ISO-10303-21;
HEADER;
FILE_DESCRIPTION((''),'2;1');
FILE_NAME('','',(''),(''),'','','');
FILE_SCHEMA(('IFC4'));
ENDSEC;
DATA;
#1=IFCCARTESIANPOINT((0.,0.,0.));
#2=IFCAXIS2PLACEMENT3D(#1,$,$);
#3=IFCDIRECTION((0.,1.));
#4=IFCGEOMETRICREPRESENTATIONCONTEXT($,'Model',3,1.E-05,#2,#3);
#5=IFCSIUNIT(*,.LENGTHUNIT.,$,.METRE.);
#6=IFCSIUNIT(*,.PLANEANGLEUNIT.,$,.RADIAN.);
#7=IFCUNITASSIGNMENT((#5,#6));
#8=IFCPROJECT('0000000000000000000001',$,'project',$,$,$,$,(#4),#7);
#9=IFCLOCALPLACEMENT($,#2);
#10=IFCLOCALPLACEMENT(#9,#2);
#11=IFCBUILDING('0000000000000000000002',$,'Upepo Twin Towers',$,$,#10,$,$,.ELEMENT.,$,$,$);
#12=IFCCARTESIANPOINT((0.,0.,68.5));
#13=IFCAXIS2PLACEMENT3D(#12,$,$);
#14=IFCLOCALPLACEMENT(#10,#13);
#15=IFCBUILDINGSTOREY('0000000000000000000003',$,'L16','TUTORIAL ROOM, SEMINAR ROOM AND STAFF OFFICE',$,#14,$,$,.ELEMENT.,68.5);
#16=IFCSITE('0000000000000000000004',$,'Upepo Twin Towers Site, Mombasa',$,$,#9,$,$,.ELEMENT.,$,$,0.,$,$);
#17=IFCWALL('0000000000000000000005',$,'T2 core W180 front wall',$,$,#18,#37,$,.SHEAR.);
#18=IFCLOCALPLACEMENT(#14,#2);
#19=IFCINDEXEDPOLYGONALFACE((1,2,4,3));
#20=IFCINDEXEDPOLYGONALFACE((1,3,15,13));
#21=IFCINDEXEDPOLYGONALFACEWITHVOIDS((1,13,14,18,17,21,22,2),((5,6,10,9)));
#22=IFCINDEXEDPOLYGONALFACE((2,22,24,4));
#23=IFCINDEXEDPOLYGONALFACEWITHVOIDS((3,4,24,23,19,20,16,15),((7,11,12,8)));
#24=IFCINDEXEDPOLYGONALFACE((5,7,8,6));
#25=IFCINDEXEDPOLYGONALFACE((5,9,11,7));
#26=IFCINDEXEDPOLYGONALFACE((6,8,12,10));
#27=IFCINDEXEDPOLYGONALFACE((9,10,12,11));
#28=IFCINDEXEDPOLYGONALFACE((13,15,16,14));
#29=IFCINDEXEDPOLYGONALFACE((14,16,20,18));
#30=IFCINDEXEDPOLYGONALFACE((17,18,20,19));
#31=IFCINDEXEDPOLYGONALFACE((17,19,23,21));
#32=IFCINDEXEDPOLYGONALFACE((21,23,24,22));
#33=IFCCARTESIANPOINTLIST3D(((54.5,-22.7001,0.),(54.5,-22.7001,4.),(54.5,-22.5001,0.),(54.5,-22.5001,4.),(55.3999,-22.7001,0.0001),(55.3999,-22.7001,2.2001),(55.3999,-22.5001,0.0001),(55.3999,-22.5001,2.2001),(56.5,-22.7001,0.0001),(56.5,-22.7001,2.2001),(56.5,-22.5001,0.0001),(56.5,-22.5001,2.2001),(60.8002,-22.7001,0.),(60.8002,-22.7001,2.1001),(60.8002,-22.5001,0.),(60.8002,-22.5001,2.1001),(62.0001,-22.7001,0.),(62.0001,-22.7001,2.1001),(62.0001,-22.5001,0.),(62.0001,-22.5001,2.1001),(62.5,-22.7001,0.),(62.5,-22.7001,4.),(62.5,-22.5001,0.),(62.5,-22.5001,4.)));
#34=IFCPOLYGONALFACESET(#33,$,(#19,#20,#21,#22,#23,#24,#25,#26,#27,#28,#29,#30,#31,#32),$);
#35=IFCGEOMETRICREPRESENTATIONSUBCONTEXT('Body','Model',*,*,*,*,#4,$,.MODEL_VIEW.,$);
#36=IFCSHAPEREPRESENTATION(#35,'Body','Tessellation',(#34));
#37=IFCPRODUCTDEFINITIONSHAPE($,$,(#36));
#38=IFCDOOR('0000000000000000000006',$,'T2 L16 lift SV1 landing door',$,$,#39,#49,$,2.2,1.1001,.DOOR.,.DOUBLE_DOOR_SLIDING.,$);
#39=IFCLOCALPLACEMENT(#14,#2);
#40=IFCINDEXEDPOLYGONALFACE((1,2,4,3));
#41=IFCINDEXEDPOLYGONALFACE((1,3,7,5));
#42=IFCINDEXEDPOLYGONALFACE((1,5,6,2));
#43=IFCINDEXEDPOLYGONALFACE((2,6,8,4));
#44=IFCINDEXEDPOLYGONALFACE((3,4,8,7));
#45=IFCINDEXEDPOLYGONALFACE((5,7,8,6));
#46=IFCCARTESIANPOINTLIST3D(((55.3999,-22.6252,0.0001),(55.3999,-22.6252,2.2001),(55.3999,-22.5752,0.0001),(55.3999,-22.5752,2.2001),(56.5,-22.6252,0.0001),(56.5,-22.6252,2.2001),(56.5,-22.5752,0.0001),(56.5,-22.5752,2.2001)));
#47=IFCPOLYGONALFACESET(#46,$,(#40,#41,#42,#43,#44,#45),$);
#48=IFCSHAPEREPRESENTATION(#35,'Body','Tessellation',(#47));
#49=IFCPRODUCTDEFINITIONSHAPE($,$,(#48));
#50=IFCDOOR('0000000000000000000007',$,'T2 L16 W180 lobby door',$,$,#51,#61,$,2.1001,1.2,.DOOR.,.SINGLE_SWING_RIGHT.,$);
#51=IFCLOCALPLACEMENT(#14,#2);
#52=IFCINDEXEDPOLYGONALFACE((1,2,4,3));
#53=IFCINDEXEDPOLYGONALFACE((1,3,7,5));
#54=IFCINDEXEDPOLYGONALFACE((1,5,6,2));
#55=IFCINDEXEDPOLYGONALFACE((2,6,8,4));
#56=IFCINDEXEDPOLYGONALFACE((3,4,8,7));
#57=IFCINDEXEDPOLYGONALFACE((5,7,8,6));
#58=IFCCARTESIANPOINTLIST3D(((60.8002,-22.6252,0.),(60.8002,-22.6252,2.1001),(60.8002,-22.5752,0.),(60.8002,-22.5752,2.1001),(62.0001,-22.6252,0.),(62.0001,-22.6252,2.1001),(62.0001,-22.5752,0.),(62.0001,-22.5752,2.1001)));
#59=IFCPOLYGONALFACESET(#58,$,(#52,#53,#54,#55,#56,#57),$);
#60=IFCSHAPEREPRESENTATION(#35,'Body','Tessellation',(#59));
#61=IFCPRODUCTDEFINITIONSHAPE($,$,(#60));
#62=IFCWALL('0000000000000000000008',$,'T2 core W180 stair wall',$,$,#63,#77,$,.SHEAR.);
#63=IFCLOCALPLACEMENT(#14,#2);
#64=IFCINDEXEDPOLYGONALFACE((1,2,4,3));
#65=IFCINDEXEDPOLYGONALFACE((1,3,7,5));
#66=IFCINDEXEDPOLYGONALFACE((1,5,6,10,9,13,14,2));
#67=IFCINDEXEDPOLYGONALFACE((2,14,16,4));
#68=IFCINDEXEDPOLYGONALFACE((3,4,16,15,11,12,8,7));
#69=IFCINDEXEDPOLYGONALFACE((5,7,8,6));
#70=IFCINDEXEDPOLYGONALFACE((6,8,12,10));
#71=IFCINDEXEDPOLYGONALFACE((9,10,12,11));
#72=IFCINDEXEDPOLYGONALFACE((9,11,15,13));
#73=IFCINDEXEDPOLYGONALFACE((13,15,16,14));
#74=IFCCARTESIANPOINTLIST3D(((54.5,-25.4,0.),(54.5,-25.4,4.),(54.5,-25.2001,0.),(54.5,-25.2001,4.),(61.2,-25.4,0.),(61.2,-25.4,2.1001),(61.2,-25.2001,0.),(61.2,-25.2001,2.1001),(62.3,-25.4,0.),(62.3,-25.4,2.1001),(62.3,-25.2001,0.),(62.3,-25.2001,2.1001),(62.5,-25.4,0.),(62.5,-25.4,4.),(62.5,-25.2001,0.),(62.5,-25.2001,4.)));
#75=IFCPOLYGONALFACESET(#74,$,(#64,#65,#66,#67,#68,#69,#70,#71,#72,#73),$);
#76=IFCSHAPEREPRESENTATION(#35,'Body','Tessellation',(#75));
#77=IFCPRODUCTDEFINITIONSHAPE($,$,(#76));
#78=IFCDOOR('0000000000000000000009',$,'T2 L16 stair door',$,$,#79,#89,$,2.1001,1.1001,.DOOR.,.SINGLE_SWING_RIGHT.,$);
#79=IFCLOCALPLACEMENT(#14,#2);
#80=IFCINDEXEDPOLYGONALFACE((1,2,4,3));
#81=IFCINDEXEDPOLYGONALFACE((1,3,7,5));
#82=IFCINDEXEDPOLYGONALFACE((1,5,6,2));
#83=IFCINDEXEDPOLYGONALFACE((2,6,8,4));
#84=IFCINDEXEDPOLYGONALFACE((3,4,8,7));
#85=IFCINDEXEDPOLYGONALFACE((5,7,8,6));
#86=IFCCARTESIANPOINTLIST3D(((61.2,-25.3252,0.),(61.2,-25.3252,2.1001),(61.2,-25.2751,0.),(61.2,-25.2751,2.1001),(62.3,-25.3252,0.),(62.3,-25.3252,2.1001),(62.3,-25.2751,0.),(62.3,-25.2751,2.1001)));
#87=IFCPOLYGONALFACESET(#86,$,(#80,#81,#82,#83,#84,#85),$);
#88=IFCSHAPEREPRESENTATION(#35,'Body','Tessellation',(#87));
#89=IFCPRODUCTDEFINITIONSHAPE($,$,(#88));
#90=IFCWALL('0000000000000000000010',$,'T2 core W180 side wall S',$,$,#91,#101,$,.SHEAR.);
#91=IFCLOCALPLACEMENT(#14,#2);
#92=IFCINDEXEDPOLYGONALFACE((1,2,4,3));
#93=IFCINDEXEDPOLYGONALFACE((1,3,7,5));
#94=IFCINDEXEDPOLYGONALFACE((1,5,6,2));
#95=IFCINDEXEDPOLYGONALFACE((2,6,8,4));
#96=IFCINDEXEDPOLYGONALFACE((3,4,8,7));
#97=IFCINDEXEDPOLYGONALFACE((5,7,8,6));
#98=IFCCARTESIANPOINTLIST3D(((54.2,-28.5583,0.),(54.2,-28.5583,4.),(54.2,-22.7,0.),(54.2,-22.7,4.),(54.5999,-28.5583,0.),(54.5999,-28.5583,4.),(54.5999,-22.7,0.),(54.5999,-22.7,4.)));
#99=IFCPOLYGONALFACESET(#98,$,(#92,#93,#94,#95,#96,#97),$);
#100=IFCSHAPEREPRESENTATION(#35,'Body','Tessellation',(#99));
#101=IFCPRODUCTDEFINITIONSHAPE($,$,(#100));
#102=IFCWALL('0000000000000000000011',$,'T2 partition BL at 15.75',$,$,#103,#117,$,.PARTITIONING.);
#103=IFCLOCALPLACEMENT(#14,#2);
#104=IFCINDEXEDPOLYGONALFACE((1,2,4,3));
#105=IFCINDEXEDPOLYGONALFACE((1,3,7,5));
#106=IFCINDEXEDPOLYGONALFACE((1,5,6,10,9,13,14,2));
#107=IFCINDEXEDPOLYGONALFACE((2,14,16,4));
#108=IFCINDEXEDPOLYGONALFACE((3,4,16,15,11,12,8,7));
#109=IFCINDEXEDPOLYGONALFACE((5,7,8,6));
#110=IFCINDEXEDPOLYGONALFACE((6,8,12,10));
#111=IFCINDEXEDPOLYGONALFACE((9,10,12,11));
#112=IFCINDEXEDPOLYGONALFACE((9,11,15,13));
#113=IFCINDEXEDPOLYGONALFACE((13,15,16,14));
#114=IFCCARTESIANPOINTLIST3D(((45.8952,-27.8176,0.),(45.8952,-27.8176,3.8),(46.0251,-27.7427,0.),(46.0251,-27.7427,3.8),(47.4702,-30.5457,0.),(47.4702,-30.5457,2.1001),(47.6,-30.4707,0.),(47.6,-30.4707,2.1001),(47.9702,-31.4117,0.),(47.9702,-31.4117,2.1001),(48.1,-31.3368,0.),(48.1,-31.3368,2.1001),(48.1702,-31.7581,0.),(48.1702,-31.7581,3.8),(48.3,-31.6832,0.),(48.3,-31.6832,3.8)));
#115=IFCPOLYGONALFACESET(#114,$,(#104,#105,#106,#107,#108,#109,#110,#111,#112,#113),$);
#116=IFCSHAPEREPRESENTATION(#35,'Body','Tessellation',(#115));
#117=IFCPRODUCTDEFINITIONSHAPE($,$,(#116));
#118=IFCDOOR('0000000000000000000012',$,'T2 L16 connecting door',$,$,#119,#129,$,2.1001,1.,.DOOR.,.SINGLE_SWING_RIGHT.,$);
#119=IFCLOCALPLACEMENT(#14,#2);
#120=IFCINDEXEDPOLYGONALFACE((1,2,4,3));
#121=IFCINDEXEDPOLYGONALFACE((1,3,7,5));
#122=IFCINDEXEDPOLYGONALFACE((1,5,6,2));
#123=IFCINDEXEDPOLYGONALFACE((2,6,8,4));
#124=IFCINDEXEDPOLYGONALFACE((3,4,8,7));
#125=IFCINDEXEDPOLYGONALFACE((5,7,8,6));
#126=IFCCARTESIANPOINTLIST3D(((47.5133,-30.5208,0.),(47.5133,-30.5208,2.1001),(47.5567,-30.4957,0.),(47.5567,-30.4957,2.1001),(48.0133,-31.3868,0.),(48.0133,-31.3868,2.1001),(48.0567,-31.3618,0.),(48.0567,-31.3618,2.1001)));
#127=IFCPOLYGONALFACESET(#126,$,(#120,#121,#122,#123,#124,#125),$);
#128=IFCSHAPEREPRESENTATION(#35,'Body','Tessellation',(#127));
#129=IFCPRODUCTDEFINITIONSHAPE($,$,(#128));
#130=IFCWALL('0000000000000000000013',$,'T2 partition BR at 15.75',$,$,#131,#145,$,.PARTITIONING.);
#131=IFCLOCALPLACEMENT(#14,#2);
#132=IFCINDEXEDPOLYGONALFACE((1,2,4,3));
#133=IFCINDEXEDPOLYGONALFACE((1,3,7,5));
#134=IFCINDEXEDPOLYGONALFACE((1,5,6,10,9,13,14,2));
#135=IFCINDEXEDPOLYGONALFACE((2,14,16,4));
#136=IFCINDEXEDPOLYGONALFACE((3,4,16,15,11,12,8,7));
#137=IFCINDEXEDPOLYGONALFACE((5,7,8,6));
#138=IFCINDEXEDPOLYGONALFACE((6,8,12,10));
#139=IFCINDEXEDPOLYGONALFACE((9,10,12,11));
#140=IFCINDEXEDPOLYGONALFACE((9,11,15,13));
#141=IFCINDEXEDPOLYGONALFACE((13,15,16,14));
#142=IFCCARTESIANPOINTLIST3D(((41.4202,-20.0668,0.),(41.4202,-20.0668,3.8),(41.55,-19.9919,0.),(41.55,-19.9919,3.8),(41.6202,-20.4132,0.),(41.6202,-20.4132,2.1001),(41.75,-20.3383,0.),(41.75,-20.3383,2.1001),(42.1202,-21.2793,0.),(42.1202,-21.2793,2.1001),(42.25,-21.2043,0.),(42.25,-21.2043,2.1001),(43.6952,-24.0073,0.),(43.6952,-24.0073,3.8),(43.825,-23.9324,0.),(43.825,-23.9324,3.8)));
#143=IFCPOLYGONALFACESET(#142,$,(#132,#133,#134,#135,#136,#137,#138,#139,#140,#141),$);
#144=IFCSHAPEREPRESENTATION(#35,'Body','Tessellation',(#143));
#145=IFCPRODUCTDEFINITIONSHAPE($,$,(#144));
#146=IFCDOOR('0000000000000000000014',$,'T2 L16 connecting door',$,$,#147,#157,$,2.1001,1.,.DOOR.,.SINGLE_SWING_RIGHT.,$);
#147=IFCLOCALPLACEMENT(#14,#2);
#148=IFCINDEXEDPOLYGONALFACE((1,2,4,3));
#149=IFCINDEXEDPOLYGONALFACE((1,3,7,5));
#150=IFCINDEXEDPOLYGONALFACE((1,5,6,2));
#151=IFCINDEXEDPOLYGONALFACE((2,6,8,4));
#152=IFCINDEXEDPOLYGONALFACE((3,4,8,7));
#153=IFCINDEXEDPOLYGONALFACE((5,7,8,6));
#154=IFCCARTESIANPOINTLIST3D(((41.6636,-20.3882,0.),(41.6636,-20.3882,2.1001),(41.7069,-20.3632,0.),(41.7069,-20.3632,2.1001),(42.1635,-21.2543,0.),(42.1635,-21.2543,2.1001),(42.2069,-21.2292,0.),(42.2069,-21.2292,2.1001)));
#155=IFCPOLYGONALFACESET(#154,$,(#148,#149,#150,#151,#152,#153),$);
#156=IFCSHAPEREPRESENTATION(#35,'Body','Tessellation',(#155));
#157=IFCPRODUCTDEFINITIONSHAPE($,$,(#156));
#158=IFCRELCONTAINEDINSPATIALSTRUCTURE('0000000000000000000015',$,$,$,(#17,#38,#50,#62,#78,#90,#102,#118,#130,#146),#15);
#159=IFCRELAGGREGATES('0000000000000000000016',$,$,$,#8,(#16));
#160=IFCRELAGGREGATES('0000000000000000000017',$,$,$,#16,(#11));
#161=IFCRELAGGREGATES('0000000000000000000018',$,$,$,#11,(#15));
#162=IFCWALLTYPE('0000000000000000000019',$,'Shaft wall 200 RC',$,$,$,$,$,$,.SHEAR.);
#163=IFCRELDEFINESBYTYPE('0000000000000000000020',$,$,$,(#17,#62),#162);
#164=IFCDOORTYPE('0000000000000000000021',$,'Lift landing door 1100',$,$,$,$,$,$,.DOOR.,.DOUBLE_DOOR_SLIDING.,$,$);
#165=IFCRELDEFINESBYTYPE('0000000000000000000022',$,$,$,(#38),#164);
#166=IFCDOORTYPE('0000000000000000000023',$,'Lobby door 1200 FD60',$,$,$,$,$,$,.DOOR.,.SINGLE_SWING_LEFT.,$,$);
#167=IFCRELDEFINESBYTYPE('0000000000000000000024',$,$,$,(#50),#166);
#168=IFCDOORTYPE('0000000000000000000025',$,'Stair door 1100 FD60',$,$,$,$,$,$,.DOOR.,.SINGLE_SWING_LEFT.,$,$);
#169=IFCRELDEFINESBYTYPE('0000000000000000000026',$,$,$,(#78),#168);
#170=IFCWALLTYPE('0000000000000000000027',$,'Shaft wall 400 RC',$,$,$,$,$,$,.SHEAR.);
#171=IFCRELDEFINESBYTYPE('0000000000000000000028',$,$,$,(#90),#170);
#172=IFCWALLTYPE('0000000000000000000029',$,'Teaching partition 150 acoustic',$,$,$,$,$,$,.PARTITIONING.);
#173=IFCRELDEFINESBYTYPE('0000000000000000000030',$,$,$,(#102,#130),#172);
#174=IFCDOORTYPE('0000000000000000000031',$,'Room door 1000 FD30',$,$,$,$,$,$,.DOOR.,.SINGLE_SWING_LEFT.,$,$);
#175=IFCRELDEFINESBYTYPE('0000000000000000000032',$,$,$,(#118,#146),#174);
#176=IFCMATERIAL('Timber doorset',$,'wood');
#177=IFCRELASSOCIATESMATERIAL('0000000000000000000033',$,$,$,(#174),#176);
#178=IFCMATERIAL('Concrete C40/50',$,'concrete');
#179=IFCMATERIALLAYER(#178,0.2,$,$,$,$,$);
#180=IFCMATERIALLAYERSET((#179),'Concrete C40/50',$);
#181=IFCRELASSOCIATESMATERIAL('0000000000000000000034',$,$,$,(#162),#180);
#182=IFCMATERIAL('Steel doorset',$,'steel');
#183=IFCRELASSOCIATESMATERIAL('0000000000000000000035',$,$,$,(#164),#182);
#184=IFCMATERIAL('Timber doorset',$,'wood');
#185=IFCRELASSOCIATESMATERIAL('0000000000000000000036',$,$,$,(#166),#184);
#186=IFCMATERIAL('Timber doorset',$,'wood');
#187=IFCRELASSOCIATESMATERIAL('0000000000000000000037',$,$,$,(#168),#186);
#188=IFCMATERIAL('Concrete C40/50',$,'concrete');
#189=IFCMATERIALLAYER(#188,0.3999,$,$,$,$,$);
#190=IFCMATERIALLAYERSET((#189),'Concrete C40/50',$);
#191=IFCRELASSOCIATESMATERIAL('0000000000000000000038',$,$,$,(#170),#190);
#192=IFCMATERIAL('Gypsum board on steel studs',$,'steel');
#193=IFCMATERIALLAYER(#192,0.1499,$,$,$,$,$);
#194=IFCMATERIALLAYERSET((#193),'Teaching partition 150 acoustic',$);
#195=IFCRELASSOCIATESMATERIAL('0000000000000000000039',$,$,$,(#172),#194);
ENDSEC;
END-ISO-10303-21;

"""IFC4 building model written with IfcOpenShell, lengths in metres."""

from ifc_helpers import new_model, si_unit, direction, frame, frame_2d, origin, place, context, subcontext, project, spatial, rectangle, extrude, material, layer, layer_set, type_object, element, fill, save


model = new_model("IFC4")

# Units and contexts
model_context = context("Model", 3, precision=1e-05, world=origin(), true_north=direction((0.0, 1.0)))
body_context = subcontext(model_context, "Body", "Model", "MODEL_VIEW")
ifc_project = project(units=[si_unit("LENGTHUNIT", "METRE"), si_unit("PLANEANGLEUNIT", "RADIAN")], contexts=[model_context])

# Site, building, storey
site_placement = place(None, origin())
site = spatial("IfcSite", under=ifc_project, at=site_placement, Name="Upepo Twin Towers Site, Mombasa", CompositionType="ELEMENT", RefElevation=0.0)
building_placement = place(site_placement, origin())
building = spatial("IfcBuilding", under=site, at=building_placement, Name="Upepo Twin Towers", CompositionType="ELEMENT")
storey_placement = place(building_placement, frame((0.0, 0.0, 68.5)))
storey = spatial("IfcBuildingStorey", under=building, at=storey_placement, Name="L16", Description="TUTORIAL ROOM, SEMINAR ROOM AND STAFF OFFICE", CompositionType="ELEMENT", Elevation=68.5)

# Shared definitions
ifc_material_1 = material(Name="Timber doorset", Category="wood")
door_type_1 = type_object("IfcDoorType", Name="Room door 1000 FD30", OperationType="SINGLE_SWING_LEFT", PredefinedType="DOOR", material=ifc_material_1)

# Wall, openings, doors
ifc_material_2 = material(Name="Concrete C40/50", Category="concrete")
ifc_layer_1 = layer(ifc_material_2, 0.2)
ifc_layer_set_1 = layer_set([ifc_layer_1], Name="Concrete C40/50")
wall_type_1 = type_object("IfcWallType", Name="Shaft wall 200 RC", PredefinedType="SHEAR", material=ifc_layer_set_1)
wall_1_placement = place(storey_placement, frame((54.5, -22.6001, 0.0), z_axis=(0.0, 0.0, 1.0), x_axis=(1.0, 0.0, 0.0)))
wall_1 = element("IfcWall", 1, at=wall_1_placement, inside=storey, type_object=wall_type_1, Name="T2 core W180 front wall", PredefinedType="SHEAR", context=body_context, shape_type="SweptSolid", body=[
    extrude(rectangle(XDim=8.0, YDim=0.2, at=frame_2d((4.0, 0.0))), origin(), (0.0, 0.0, 1.0), 4.0),
])
opening_1_placement = place(wall_1_placement, frame((6.3, 0.0, 0.0)))
opening_1 = element("IfcOpeningElement", 2, at=opening_1_placement, cuts=wall_1, PredefinedType="OPENING", context=body_context, shape_type="SweptSolid", body=[
    extrude(rectangle(XDim=1.2, YDim=2.1001, at=frame_2d((0.6001, 1.05))), frame((0.0, 0.1099, 0.0), z_axis=(0.0, -1.0, 0.0), x_axis=(1.0, 0.0, 0.0)), (0.0, 0.0, 1.0), 0.22),
])
opening_2_placement = place(wall_1_placement, frame((0.8999, 0.0, 0.0)))
opening_2 = element("IfcOpeningElement", 3, at=opening_2_placement, cuts=wall_1, PredefinedType="OPENING", context=body_context, shape_type="SweptSolid", body=[
    extrude(rectangle(XDim=1.1001, YDim=2.2, at=frame_2d((0.55, 1.1001))), frame((0.0, 0.1099, 0.0), z_axis=(0.0, -1.0, 0.0), x_axis=(1.0, 0.0, 0.0)), (0.0, 0.0, 1.0), 0.22),
])
ifc_material_3 = material(Name="Steel doorset", Category="steel")
door_type_2 = type_object("IfcDoorType", Name="Lift landing door 1100", OperationType="DOUBLE_DOOR_SLIDING", PredefinedType="DOOR", material=ifc_material_3)
door_1_placement = place(opening_2_placement, origin())
door_1 = element("IfcDoor", 4, at=door_1_placement, inside=storey, type_object=door_type_2, Name="T2 L16 lift SV1 landing door", OperationType="DOUBLE_DOOR_SLIDING", OverallHeight=2.2, OverallWidth=1.1001, PredefinedType="DOOR", context=body_context, shape_type="SweptSolid", body=[
    extrude(rectangle(XDim=1.1001, YDim=2.2, at=frame_2d((0.55, 1.1001))), frame((0.0, 0.0249, 0.0), z_axis=(0.0, -1.0, 0.0), x_axis=(1.0, 0.0, 0.0)), (0.0, 0.0, 1.0), 0.05),
])
fill(opening_2, door_1)
ifc_material_4 = material(Name="Timber doorset", Category="wood")
door_type_3 = type_object("IfcDoorType", Name="Lobby door 1200 FD60", OperationType="SINGLE_SWING_LEFT", PredefinedType="DOOR", material=ifc_material_4)
door_2_placement = place(opening_1_placement, origin())
door_2 = element("IfcDoor", 5, at=door_2_placement, inside=storey, type_object=door_type_3, Name="T2 L16 W180 lobby door", OperationType="SINGLE_SWING_RIGHT", OverallHeight=2.1001, OverallWidth=1.2, PredefinedType="DOOR", context=body_context, shape_type="SweptSolid", body=[
    extrude(rectangle(XDim=1.2, YDim=2.1001, at=frame_2d((0.6001, 1.05))), frame((0.0, 0.0249, 0.0), z_axis=(0.0, -1.0, 0.0), x_axis=(1.0, 0.0, 0.0)), (0.0, 0.0, 1.0), 0.05),
])
fill(opening_1, door_2)

# Wall, opening, door
wall_2_placement = place(storey_placement, frame((54.5, -25.3, 0.0), z_axis=(0.0, 0.0, 1.0), x_axis=(1.0, 0.0, 0.0)))
wall_2 = element("IfcWall", 6, at=wall_2_placement, inside=storey, type_object=wall_type_1, Name="T2 core W180 stair wall", PredefinedType="SHEAR", context=body_context, shape_type="SweptSolid", body=[
    extrude(rectangle(XDim=8.0, YDim=0.2, at=frame_2d((4.0, 0.0))), origin(), (0.0, 0.0, 1.0), 4.0),
])
opening_3_placement = place(wall_2_placement, frame((6.7, 0.0, 0.0)))
opening_3 = element("IfcOpeningElement", 7, at=opening_3_placement, cuts=wall_2, PredefinedType="OPENING", context=body_context, shape_type="SweptSolid", body=[
    extrude(rectangle(XDim=1.1001, YDim=2.1001, at=frame_2d((0.55, 1.05))), frame((0.0, 0.1099, 0.0), z_axis=(0.0, -1.0, 0.0), x_axis=(1.0, 0.0, 0.0)), (0.0, 0.0, 1.0), 0.22),
])
ifc_material_5 = material(Name="Timber doorset", Category="wood")
door_type_4 = type_object("IfcDoorType", Name="Stair door 1100 FD60", OperationType="SINGLE_SWING_LEFT", PredefinedType="DOOR", material=ifc_material_5)
door_3_placement = place(opening_3_placement, origin())
door_3 = element("IfcDoor", 8, at=door_3_placement, inside=storey, type_object=door_type_4, Name="T2 L16 stair door", OperationType="SINGLE_SWING_RIGHT", OverallHeight=2.1001, OverallWidth=1.1001, PredefinedType="DOOR", context=body_context, shape_type="SweptSolid", body=[
    extrude(rectangle(XDim=1.1001, YDim=2.1001, at=frame_2d((0.55, 1.05))), frame((0.0, 0.0249, 0.0), z_axis=(0.0, -1.0, 0.0), x_axis=(1.0, 0.0, 0.0)), (0.0, 0.0, 1.0), 0.05),
])
fill(opening_3, door_3)

# Wall
ifc_material_6 = material(Name="Concrete C40/50", Category="concrete")
ifc_layer_2 = layer(ifc_material_6, 0.3999)
ifc_layer_set_2 = layer_set([ifc_layer_2], Name="Concrete C40/50")
wall_type_2 = type_object("IfcWallType", Name="Shaft wall 400 RC", PredefinedType="SHEAR", material=ifc_layer_set_2)
wall_3_placement = place(storey_placement, frame((54.3999, -22.7, 0.0), z_axis=(0.0, 0.0, 1.0), x_axis=(0.0, -1.0, 0.0)))
element("IfcWall", 9, at=wall_3_placement, inside=storey, type_object=wall_type_2, Name="T2 core W180 side wall S", PredefinedType="SHEAR", context=body_context, shape_type="SweptSolid", body=[
    extrude(rectangle(XDim=5.8584, YDim=0.3999, at=frame_2d((2.9292, 0.0))), origin(), (0.0, 0.0, 1.0), 4.0),
])

# Walls, openings, doors
ifc_material_7 = material(Name="Gypsum board on steel studs", Category="steel")
ifc_layer_3 = layer(ifc_material_7, 0.1499)
ifc_layer_set_3 = layer_set([ifc_layer_3], Name="Teaching partition 150 acoustic")
wall_type_3 = type_object("IfcWallType", Name="Teaching partition 150 acoustic", PredefinedType="PARTITIONING", material=ifc_layer_set_3)
wall_4_placement = place(storey_placement, frame((45.9602, -27.7803, 0.0), z_axis=(0.0, 0.0, 1.0), x_axis=(0.499983, -0.866035, 0.0)))
wall_4 = element("IfcWall", 10, at=wall_4_placement, inside=storey, type_object=wall_type_3, Name="T2 partition BL at 15.75", PredefinedType="PARTITIONING", context=body_context, shape_type="SweptSolid", body=[
    extrude(rectangle(XDim=4.55, YDim=0.1499, at=frame_2d((2.2749, 0.0))), origin(), (0.0, 0.0, 1.0), 3.8),
])
opening_4_placement = place(wall_4_placement, frame((3.1499, 0.0, 0.0)))
opening_4 = element("IfcOpeningElement", 11, at=opening_4_placement, cuts=wall_4, PredefinedType="OPENING", context=body_context, shape_type="SweptSolid", body=[
    extrude(rectangle(XDim=1.0, YDim=2.1001, at=frame_2d((0.5, 1.05))), frame((0.0, 0.085, 0.0), z_axis=(0.0, -1.0, 0.0), x_axis=(1.0, 0.0, 0.0)), (0.0, 0.0, 1.0), 0.1699),
])
door_4_placement = place(opening_4_placement, origin())
door_4 = element("IfcDoor", 12, at=door_4_placement, inside=storey, type_object=door_type_1, Name="T2 L16 connecting door", OperationType="SINGLE_SWING_RIGHT", OverallHeight=2.1001, OverallWidth=1.0, PredefinedType="DOOR", context=body_context, shape_type="SweptSolid", body=[
    extrude(rectangle(XDim=1.0, YDim=2.1001, at=frame_2d((0.5, 1.05))), frame((0.0, 0.0249, 0.0), z_axis=(0.0, -1.0, 0.0), x_axis=(1.0, 0.0, 0.0)), (0.0, 0.0, 1.0), 0.05),
])
fill(opening_4, door_4)
wall_5_placement = place(storey_placement, frame((43.76, -23.9697, 0.0), z_axis=(0.0, 0.0, 1.0), x_axis=(-0.499983, 0.866035, 0.0)))
wall_5 = element("IfcWall", 13, at=wall_5_placement, inside=storey, type_object=wall_type_3, Name="T2 partition BR at 15.75", PredefinedType="PARTITIONING", context=body_context, shape_type="SweptSolid", body=[
    extrude(rectangle(XDim=4.55, YDim=0.1499, at=frame_2d((2.2749, 0.0))), origin(), (0.0, 0.0, 1.0), 3.8),
])
opening_5_placement = place(wall_5_placement, frame((3.1499, 0.0, 0.0)))
opening_5 = element("IfcOpeningElement", 14, at=opening_5_placement, cuts=wall_5, PredefinedType="OPENING", context=body_context, shape_type="SweptSolid", body=[
    extrude(rectangle(XDim=1.0, YDim=2.1001, at=frame_2d((0.5, 1.05))), frame((0.0, 0.085, 0.0), z_axis=(0.0, -1.0, 0.0), x_axis=(1.0, 0.0, 0.0)), (0.0, 0.0, 1.0), 0.1699),
])
door_5_placement = place(opening_5_placement, origin())
door_5 = element("IfcDoor", 15, at=door_5_placement, inside=storey, type_object=door_type_1, Name="T2 L16 connecting door", OperationType="SINGLE_SWING_RIGHT", OverallHeight=2.1001, OverallWidth=1.0, PredefinedType="DOOR", context=body_context, shape_type="SweptSolid", body=[
    extrude(rectangle(XDim=1.0, YDim=2.1001, at=frame_2d((0.5, 1.05))), frame((0.0, 0.0249, 0.0), z_axis=(0.0, -1.0, 0.0), x_axis=(1.0, 0.0, 0.0)), (0.0, 0.0, 1.0), 0.05),
])
fill(opening_5, door_5)

save(model, "model.ifc")
